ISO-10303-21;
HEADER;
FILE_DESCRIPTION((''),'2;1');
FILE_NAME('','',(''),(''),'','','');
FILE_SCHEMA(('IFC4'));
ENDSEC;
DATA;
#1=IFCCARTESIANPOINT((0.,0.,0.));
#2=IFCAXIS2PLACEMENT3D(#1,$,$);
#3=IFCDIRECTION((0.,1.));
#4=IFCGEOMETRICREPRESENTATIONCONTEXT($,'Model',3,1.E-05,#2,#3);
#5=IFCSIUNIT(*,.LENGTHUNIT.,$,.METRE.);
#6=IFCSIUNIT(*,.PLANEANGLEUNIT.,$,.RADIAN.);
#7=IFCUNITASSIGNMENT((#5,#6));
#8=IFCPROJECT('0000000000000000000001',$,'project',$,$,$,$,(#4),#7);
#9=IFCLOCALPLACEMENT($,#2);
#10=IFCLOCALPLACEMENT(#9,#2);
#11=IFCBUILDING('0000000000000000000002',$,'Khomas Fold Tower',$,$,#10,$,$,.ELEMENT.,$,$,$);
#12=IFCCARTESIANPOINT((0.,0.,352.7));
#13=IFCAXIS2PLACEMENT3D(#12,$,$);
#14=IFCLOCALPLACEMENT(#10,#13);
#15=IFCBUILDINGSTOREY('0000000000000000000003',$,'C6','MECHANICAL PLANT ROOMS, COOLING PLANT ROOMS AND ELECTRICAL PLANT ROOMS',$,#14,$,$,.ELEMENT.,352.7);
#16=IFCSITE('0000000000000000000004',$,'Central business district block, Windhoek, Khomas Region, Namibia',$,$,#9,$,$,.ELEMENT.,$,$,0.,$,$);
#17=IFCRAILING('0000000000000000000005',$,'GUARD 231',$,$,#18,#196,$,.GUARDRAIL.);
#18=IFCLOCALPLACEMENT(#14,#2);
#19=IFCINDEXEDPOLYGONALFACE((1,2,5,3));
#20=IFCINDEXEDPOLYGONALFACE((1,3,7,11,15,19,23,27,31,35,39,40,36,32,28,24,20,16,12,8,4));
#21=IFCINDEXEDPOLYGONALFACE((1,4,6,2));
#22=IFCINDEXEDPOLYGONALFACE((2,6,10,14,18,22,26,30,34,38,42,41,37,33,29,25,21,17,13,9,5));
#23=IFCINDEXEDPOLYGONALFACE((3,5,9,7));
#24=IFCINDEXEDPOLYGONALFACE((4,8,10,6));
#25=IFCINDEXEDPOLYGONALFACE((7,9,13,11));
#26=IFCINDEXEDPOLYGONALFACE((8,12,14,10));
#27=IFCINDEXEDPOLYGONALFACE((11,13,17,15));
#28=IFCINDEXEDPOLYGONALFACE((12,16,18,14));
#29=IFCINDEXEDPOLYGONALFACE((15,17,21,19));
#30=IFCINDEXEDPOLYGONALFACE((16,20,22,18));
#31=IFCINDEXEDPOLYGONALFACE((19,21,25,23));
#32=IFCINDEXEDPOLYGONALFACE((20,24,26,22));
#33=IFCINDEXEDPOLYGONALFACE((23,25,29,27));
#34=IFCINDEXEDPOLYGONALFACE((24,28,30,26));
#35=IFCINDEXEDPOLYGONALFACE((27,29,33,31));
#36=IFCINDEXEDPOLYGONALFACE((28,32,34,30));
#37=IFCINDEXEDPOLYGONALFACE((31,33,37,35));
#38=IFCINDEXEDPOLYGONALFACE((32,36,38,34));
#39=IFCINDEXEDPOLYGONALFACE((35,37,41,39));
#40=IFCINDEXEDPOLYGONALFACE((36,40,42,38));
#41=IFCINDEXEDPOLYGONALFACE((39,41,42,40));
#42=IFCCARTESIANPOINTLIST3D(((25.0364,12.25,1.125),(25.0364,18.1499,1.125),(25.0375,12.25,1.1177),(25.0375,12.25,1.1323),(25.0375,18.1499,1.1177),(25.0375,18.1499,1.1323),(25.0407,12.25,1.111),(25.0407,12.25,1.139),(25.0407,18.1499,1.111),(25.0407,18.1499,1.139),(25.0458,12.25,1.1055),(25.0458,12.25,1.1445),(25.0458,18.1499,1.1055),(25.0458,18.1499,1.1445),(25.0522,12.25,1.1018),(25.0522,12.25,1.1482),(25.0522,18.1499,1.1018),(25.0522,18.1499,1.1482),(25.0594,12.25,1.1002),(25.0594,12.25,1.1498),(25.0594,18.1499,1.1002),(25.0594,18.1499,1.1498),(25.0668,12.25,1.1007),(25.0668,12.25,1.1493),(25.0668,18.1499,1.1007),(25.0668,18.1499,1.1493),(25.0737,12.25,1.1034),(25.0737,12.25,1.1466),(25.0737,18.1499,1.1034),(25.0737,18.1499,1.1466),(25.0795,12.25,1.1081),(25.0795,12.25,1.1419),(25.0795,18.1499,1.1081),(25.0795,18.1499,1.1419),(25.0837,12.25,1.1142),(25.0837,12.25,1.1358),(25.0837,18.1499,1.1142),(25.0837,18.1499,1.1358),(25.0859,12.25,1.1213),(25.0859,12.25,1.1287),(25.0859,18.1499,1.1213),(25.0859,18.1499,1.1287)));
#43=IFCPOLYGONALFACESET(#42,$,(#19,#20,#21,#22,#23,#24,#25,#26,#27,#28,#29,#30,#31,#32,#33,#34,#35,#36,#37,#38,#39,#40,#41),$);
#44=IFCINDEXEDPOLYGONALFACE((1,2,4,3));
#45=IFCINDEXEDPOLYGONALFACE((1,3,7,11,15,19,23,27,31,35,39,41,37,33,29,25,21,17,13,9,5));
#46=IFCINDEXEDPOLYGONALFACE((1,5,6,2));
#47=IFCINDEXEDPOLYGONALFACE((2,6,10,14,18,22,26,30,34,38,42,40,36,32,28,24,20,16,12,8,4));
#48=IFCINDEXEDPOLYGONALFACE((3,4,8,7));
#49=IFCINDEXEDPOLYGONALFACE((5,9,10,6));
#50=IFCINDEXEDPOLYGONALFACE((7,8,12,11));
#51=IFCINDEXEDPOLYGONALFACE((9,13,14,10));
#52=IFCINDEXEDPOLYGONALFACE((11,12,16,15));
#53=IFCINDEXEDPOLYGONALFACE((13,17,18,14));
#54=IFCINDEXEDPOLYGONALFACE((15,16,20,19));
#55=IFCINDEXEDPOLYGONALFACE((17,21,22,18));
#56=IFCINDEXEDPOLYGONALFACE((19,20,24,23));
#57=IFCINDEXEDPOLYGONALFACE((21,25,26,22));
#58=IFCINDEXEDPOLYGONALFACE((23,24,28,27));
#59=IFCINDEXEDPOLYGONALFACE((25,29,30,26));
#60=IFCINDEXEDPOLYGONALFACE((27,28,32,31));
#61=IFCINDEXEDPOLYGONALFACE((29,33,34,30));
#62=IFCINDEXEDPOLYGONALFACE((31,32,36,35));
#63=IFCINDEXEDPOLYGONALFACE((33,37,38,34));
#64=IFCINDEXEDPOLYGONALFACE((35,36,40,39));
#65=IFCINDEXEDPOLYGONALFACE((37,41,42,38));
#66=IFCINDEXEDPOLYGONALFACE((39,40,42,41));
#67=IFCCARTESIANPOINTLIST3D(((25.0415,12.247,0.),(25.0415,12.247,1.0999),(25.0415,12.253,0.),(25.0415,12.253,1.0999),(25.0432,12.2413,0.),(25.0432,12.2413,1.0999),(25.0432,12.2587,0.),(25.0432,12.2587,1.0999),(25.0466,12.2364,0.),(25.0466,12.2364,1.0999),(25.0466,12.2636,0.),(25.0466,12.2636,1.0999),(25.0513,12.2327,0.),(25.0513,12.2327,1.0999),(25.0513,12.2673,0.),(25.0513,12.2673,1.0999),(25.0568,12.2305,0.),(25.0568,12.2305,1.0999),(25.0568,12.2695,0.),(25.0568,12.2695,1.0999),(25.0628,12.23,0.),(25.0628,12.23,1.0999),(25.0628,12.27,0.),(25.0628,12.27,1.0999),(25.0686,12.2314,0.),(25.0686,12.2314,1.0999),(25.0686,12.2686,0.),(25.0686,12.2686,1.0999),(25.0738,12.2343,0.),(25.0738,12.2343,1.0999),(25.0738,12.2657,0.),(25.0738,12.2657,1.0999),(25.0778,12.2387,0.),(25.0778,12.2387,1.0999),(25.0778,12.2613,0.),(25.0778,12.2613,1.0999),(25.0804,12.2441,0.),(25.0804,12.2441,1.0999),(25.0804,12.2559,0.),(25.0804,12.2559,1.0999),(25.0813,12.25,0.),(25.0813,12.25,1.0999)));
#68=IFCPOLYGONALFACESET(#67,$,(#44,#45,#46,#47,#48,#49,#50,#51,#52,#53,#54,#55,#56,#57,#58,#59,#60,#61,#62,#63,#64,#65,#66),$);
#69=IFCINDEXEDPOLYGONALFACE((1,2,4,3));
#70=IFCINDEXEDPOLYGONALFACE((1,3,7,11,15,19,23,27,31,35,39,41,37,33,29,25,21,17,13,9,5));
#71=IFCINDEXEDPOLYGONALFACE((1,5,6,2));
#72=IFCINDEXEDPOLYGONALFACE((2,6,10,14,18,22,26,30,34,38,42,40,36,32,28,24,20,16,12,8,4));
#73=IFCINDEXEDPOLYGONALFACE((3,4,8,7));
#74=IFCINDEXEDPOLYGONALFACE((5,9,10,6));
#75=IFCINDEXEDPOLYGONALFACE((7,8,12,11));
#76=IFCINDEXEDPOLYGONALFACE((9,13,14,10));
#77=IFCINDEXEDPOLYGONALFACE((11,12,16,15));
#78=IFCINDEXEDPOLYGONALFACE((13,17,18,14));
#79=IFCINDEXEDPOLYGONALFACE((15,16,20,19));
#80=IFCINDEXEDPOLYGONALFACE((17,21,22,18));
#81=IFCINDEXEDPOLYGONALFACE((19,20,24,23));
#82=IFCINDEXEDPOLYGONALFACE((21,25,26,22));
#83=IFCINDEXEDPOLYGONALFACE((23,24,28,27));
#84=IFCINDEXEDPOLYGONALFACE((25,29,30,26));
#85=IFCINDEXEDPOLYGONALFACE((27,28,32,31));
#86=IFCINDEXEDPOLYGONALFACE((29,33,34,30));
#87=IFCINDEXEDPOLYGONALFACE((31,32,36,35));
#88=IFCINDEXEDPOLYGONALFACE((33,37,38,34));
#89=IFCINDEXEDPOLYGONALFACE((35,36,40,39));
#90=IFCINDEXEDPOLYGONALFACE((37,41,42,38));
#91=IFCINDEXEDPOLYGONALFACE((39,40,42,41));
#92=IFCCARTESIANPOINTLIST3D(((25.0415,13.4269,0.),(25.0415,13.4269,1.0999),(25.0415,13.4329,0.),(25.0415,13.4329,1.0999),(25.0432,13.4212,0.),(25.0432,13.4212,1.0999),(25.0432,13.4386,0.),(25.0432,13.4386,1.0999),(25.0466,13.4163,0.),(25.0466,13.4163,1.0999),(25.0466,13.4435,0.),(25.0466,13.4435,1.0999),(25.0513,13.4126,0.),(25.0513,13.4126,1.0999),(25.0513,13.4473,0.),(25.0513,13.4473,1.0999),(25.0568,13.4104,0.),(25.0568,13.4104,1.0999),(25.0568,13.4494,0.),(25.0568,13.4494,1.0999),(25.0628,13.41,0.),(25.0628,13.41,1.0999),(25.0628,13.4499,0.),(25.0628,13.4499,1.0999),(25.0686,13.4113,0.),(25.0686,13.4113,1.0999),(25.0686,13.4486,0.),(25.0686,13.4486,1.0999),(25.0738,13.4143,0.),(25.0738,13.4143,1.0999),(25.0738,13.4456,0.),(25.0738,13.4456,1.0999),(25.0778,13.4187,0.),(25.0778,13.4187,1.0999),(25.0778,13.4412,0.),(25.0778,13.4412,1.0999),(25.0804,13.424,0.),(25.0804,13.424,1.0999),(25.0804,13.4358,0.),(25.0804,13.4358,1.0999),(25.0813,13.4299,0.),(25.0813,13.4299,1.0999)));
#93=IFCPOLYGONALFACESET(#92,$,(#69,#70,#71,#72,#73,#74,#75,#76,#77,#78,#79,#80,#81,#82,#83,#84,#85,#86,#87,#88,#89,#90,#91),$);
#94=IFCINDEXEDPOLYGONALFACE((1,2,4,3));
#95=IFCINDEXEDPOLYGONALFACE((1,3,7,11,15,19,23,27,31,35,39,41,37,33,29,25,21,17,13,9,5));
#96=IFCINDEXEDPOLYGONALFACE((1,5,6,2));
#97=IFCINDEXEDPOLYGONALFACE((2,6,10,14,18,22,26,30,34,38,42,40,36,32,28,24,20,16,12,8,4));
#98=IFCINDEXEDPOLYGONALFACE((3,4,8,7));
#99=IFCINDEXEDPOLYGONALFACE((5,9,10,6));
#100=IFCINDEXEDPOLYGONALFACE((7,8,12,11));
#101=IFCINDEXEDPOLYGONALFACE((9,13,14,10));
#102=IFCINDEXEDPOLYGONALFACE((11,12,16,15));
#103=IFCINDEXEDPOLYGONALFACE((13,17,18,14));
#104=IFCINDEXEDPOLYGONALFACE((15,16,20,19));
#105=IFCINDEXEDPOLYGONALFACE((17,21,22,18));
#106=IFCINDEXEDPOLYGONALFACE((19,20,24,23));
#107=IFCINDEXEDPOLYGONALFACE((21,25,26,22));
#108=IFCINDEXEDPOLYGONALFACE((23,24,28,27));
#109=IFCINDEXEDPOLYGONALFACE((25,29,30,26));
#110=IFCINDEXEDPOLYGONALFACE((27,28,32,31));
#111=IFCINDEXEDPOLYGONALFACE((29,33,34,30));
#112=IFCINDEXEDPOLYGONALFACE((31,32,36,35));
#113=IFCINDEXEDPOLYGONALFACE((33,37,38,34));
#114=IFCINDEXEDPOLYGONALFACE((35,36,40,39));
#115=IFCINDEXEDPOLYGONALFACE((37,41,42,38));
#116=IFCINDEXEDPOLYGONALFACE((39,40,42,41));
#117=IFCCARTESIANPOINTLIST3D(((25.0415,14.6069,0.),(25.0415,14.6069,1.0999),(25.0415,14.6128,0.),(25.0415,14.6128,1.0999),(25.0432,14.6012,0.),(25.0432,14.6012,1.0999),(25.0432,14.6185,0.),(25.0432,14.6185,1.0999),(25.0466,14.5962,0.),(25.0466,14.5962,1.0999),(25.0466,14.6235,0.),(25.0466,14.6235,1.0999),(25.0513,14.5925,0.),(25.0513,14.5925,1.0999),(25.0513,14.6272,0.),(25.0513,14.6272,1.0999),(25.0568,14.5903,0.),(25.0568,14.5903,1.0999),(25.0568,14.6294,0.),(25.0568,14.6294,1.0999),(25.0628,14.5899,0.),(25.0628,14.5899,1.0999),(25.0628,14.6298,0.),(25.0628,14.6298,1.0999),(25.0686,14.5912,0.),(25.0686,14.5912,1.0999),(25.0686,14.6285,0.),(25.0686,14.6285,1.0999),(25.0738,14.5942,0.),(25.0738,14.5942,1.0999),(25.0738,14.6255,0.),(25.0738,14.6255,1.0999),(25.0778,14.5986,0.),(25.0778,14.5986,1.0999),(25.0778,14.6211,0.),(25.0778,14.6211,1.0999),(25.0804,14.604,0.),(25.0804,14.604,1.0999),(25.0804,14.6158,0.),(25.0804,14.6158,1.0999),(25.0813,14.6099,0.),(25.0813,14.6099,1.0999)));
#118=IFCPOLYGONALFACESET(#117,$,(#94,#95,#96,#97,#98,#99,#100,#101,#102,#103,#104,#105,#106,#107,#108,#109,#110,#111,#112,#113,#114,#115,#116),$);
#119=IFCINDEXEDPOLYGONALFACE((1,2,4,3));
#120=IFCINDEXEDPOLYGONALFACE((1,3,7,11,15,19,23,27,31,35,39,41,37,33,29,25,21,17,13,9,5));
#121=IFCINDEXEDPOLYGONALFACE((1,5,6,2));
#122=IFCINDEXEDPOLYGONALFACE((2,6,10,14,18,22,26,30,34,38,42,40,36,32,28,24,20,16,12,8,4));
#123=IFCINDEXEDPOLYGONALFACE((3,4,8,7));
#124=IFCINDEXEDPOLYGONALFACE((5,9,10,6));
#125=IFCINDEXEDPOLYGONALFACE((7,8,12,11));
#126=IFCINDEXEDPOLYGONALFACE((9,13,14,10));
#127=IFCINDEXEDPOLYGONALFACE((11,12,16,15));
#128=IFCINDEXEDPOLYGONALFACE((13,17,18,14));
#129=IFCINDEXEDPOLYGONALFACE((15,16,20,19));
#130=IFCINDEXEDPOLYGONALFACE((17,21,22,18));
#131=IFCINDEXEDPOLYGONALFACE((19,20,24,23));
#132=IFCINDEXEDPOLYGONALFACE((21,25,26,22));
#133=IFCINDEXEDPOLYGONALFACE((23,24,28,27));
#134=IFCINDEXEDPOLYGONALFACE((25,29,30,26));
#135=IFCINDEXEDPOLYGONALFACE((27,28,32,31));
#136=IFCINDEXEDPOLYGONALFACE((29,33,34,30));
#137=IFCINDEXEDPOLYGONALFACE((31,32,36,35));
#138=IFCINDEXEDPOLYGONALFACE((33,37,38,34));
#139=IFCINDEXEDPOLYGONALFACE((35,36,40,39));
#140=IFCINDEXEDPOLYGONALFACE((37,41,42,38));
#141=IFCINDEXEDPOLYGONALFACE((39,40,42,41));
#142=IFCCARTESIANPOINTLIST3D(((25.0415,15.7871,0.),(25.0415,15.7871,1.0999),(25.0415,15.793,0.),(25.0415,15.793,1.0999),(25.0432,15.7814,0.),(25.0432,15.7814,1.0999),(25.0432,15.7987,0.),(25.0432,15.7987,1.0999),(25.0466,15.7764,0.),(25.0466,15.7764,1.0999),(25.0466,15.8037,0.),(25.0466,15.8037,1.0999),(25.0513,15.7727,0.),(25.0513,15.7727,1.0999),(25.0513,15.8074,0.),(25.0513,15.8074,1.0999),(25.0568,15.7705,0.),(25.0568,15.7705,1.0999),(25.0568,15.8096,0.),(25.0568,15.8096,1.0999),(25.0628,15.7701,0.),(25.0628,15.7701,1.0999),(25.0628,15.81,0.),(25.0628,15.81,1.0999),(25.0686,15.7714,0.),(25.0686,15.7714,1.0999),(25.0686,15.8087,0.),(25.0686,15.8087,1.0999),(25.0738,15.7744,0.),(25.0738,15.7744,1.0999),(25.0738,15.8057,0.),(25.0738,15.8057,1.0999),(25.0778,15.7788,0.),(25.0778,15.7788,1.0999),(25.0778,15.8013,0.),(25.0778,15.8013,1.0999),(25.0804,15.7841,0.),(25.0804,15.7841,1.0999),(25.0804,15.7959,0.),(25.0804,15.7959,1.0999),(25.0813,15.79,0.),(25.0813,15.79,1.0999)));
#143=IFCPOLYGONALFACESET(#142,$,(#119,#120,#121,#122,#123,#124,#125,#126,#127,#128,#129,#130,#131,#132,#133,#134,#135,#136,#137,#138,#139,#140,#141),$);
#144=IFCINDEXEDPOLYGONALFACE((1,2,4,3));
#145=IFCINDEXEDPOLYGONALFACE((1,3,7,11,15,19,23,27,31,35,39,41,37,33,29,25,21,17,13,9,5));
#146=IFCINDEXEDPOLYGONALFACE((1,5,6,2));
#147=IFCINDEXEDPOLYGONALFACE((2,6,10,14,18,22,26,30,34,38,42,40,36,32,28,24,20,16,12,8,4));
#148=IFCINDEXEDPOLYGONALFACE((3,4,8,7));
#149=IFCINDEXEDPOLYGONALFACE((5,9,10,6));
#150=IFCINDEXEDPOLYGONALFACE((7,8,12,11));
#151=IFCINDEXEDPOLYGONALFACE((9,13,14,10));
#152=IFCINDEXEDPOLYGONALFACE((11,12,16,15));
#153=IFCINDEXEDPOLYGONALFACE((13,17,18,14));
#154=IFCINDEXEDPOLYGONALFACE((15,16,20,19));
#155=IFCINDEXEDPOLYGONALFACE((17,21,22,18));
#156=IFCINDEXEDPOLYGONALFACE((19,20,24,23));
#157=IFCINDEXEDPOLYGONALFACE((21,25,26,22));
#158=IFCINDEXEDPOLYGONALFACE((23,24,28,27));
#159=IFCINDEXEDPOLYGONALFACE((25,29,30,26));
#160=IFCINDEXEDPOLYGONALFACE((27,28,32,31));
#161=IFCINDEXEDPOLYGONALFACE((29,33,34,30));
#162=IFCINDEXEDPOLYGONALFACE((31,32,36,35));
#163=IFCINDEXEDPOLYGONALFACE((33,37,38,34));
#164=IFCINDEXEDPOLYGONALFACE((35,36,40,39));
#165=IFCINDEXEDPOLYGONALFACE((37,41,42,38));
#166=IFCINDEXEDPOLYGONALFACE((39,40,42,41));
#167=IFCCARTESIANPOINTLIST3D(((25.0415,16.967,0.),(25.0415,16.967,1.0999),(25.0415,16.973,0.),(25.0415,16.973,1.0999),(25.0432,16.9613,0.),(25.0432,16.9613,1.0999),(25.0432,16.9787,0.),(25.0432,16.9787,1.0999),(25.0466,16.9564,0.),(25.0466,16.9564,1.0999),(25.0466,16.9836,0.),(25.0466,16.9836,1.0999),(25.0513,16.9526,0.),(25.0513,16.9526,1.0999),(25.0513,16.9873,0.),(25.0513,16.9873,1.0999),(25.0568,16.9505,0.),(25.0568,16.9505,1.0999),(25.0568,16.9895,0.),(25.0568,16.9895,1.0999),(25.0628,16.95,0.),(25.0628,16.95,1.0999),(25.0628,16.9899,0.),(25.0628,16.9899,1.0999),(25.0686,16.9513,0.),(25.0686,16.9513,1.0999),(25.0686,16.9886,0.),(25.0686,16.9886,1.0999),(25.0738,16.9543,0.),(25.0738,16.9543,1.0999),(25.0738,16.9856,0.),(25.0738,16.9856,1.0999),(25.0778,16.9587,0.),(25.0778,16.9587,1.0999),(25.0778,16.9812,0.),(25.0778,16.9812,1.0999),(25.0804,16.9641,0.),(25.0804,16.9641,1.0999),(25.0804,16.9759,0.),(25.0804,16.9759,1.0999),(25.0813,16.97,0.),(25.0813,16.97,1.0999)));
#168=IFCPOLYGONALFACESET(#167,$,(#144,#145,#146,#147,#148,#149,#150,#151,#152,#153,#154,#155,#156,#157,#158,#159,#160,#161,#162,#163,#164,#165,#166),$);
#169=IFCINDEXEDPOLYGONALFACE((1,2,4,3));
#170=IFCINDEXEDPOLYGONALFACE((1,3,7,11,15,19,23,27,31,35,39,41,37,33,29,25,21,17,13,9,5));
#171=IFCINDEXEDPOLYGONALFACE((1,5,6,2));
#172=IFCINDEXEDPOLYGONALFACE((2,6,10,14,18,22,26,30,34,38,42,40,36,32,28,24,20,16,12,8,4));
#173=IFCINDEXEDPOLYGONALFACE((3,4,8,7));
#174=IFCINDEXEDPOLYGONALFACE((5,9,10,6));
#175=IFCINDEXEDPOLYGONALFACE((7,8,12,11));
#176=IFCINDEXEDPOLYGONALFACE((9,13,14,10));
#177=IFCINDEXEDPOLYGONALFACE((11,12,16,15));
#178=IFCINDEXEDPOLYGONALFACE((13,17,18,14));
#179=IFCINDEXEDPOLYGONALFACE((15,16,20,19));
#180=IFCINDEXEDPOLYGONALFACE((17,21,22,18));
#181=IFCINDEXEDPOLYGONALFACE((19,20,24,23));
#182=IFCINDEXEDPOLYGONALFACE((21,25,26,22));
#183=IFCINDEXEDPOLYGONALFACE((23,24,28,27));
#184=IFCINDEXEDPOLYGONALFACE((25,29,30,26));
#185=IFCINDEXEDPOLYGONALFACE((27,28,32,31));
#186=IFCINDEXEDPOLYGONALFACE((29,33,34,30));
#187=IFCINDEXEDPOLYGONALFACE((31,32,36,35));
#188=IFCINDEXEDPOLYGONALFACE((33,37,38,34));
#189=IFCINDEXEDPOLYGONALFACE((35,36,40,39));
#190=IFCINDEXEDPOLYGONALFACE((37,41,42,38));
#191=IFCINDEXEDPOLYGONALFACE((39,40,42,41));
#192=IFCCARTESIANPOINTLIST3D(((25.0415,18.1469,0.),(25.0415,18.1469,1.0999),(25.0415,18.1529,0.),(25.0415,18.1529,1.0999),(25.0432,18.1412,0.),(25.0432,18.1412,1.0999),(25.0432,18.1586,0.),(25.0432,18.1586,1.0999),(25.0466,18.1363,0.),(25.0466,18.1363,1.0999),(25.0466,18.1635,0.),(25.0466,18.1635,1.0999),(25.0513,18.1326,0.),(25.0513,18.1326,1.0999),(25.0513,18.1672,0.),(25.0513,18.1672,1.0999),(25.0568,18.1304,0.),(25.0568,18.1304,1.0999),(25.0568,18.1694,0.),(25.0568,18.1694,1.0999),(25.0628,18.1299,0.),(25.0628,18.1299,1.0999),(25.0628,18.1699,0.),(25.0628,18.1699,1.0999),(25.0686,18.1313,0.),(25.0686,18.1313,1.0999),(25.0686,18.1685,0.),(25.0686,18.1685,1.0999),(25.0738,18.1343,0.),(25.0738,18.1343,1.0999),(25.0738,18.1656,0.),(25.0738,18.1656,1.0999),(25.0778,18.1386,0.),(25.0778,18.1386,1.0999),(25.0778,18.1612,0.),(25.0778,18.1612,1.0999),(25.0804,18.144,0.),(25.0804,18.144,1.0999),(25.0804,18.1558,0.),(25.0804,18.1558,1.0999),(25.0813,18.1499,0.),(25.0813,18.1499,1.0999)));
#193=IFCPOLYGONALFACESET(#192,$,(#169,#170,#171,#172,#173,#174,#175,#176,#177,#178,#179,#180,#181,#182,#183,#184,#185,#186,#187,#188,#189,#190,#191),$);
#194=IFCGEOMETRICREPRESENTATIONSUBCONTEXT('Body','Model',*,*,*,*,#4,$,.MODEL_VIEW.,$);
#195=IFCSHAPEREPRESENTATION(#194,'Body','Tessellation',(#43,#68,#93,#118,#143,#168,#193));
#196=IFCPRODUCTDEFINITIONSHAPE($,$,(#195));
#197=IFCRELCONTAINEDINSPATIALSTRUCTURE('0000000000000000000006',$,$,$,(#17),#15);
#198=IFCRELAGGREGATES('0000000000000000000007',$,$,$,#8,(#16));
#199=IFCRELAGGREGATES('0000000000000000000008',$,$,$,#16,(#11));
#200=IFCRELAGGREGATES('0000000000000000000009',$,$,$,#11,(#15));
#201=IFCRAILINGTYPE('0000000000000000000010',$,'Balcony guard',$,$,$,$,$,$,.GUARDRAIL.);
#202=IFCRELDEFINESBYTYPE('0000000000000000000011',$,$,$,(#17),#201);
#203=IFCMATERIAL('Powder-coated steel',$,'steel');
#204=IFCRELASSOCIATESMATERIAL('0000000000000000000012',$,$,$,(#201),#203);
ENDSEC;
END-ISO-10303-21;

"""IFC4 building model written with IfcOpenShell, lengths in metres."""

from ifc_helpers import new_model, si_unit, direction, frame, origin, origin_2d, place, context, subcontext, project, spatial, circle, extrude, source, transform, mapped, material, type_object, element, save


model = new_model("IFC4")

# Units and contexts
model_context = context("Model", 3, precision=1e-05, world=origin(), true_north=direction((0.0, 1.0)))
body_context = subcontext(model_context, "Body", "Model", "MODEL_VIEW")
ifc_project = project(units=[si_unit("LENGTHUNIT", "METRE"), si_unit("PLANEANGLEUNIT", "RADIAN")], contexts=[model_context])

# Site, building, storey
site_placement = place(None, origin())
site = spatial("IfcSite", under=ifc_project, at=site_placement, Name="Central business district block, Windhoek, Khomas Region, Namibia", CompositionType="ELEMENT", RefElevation=0.0)
building_placement = place(site_placement, origin())
building = spatial("IfcBuilding", under=site, at=building_placement, Name="Khomas Fold Tower", CompositionType="ELEMENT")
storey_placement = place(building_placement, frame((0.0, 0.0, 352.7)))
storey = spatial("IfcBuildingStorey", under=building, at=storey_placement, Name="C6", Description="MECHANICAL PLANT ROOMS, COOLING PLANT ROOMS AND ELECTRICAL PLANT ROOMS", CompositionType="ELEMENT", Elevation=352.7)

# Railing
ifc_material_1 = material(Name="Powder-coated steel", Category="steel")
railing_type = type_object("IfcRailingType", Name="Balcony guard", PredefinedType="GUARDRAIL", material=ifc_material_1)
shared_shape_1 = source(origin(), body_context, "Body", "SweptSolid", [
    extrude(circle(Radius=0.0249, at=origin_2d()), frame((0.0, 0.0, 1.125), z_axis=(0.0, 1.0, 0.0), x_axis=(-1.0, 0.0, 0.0)), (0.0, 0.0, 1.0), 5.8999),
    extrude(circle(Radius=0.02, at=origin_2d()), origin(), (0.0, 0.0, 1.0), 1.0999),
    extrude(circle(Radius=0.02, at=origin_2d()), frame((0.0, 1.1799, 0.0)), (0.0, 0.0, 1.0), 1.0999),
    extrude(circle(Radius=0.02, at=origin_2d()), frame((0.0, 2.3599, 0.0)), (0.0, 0.0, 1.0), 1.0999),
    extrude(circle(Radius=0.02, at=origin_2d()), frame((0.0, 3.54, 0.0)), (0.0, 0.0, 1.0), 1.0999),
    extrude(circle(Radius=0.02, at=origin_2d()), frame((0.0, 4.72, 0.0)), (0.0, 0.0, 1.0), 1.0999),
    extrude(circle(Radius=0.02, at=origin_2d()), frame((0.0, 5.8999, 0.0)), (0.0, 0.0, 1.0), 1.0999),
])
railing_1_placement = place(storey_placement, frame((25.0613, 12.25, 0.0)))
element("IfcRailing", 1, at=railing_1_placement, inside=storey, type_object=railing_type, Name="GUARD 231", PredefinedType="GUARDRAIL", context=body_context, shape_type="MappedRepresentation", body=[
    mapped(shared_shape_1, transform((0.0, 0.0, 0.0))),
])

save(model, "model.ifc")
